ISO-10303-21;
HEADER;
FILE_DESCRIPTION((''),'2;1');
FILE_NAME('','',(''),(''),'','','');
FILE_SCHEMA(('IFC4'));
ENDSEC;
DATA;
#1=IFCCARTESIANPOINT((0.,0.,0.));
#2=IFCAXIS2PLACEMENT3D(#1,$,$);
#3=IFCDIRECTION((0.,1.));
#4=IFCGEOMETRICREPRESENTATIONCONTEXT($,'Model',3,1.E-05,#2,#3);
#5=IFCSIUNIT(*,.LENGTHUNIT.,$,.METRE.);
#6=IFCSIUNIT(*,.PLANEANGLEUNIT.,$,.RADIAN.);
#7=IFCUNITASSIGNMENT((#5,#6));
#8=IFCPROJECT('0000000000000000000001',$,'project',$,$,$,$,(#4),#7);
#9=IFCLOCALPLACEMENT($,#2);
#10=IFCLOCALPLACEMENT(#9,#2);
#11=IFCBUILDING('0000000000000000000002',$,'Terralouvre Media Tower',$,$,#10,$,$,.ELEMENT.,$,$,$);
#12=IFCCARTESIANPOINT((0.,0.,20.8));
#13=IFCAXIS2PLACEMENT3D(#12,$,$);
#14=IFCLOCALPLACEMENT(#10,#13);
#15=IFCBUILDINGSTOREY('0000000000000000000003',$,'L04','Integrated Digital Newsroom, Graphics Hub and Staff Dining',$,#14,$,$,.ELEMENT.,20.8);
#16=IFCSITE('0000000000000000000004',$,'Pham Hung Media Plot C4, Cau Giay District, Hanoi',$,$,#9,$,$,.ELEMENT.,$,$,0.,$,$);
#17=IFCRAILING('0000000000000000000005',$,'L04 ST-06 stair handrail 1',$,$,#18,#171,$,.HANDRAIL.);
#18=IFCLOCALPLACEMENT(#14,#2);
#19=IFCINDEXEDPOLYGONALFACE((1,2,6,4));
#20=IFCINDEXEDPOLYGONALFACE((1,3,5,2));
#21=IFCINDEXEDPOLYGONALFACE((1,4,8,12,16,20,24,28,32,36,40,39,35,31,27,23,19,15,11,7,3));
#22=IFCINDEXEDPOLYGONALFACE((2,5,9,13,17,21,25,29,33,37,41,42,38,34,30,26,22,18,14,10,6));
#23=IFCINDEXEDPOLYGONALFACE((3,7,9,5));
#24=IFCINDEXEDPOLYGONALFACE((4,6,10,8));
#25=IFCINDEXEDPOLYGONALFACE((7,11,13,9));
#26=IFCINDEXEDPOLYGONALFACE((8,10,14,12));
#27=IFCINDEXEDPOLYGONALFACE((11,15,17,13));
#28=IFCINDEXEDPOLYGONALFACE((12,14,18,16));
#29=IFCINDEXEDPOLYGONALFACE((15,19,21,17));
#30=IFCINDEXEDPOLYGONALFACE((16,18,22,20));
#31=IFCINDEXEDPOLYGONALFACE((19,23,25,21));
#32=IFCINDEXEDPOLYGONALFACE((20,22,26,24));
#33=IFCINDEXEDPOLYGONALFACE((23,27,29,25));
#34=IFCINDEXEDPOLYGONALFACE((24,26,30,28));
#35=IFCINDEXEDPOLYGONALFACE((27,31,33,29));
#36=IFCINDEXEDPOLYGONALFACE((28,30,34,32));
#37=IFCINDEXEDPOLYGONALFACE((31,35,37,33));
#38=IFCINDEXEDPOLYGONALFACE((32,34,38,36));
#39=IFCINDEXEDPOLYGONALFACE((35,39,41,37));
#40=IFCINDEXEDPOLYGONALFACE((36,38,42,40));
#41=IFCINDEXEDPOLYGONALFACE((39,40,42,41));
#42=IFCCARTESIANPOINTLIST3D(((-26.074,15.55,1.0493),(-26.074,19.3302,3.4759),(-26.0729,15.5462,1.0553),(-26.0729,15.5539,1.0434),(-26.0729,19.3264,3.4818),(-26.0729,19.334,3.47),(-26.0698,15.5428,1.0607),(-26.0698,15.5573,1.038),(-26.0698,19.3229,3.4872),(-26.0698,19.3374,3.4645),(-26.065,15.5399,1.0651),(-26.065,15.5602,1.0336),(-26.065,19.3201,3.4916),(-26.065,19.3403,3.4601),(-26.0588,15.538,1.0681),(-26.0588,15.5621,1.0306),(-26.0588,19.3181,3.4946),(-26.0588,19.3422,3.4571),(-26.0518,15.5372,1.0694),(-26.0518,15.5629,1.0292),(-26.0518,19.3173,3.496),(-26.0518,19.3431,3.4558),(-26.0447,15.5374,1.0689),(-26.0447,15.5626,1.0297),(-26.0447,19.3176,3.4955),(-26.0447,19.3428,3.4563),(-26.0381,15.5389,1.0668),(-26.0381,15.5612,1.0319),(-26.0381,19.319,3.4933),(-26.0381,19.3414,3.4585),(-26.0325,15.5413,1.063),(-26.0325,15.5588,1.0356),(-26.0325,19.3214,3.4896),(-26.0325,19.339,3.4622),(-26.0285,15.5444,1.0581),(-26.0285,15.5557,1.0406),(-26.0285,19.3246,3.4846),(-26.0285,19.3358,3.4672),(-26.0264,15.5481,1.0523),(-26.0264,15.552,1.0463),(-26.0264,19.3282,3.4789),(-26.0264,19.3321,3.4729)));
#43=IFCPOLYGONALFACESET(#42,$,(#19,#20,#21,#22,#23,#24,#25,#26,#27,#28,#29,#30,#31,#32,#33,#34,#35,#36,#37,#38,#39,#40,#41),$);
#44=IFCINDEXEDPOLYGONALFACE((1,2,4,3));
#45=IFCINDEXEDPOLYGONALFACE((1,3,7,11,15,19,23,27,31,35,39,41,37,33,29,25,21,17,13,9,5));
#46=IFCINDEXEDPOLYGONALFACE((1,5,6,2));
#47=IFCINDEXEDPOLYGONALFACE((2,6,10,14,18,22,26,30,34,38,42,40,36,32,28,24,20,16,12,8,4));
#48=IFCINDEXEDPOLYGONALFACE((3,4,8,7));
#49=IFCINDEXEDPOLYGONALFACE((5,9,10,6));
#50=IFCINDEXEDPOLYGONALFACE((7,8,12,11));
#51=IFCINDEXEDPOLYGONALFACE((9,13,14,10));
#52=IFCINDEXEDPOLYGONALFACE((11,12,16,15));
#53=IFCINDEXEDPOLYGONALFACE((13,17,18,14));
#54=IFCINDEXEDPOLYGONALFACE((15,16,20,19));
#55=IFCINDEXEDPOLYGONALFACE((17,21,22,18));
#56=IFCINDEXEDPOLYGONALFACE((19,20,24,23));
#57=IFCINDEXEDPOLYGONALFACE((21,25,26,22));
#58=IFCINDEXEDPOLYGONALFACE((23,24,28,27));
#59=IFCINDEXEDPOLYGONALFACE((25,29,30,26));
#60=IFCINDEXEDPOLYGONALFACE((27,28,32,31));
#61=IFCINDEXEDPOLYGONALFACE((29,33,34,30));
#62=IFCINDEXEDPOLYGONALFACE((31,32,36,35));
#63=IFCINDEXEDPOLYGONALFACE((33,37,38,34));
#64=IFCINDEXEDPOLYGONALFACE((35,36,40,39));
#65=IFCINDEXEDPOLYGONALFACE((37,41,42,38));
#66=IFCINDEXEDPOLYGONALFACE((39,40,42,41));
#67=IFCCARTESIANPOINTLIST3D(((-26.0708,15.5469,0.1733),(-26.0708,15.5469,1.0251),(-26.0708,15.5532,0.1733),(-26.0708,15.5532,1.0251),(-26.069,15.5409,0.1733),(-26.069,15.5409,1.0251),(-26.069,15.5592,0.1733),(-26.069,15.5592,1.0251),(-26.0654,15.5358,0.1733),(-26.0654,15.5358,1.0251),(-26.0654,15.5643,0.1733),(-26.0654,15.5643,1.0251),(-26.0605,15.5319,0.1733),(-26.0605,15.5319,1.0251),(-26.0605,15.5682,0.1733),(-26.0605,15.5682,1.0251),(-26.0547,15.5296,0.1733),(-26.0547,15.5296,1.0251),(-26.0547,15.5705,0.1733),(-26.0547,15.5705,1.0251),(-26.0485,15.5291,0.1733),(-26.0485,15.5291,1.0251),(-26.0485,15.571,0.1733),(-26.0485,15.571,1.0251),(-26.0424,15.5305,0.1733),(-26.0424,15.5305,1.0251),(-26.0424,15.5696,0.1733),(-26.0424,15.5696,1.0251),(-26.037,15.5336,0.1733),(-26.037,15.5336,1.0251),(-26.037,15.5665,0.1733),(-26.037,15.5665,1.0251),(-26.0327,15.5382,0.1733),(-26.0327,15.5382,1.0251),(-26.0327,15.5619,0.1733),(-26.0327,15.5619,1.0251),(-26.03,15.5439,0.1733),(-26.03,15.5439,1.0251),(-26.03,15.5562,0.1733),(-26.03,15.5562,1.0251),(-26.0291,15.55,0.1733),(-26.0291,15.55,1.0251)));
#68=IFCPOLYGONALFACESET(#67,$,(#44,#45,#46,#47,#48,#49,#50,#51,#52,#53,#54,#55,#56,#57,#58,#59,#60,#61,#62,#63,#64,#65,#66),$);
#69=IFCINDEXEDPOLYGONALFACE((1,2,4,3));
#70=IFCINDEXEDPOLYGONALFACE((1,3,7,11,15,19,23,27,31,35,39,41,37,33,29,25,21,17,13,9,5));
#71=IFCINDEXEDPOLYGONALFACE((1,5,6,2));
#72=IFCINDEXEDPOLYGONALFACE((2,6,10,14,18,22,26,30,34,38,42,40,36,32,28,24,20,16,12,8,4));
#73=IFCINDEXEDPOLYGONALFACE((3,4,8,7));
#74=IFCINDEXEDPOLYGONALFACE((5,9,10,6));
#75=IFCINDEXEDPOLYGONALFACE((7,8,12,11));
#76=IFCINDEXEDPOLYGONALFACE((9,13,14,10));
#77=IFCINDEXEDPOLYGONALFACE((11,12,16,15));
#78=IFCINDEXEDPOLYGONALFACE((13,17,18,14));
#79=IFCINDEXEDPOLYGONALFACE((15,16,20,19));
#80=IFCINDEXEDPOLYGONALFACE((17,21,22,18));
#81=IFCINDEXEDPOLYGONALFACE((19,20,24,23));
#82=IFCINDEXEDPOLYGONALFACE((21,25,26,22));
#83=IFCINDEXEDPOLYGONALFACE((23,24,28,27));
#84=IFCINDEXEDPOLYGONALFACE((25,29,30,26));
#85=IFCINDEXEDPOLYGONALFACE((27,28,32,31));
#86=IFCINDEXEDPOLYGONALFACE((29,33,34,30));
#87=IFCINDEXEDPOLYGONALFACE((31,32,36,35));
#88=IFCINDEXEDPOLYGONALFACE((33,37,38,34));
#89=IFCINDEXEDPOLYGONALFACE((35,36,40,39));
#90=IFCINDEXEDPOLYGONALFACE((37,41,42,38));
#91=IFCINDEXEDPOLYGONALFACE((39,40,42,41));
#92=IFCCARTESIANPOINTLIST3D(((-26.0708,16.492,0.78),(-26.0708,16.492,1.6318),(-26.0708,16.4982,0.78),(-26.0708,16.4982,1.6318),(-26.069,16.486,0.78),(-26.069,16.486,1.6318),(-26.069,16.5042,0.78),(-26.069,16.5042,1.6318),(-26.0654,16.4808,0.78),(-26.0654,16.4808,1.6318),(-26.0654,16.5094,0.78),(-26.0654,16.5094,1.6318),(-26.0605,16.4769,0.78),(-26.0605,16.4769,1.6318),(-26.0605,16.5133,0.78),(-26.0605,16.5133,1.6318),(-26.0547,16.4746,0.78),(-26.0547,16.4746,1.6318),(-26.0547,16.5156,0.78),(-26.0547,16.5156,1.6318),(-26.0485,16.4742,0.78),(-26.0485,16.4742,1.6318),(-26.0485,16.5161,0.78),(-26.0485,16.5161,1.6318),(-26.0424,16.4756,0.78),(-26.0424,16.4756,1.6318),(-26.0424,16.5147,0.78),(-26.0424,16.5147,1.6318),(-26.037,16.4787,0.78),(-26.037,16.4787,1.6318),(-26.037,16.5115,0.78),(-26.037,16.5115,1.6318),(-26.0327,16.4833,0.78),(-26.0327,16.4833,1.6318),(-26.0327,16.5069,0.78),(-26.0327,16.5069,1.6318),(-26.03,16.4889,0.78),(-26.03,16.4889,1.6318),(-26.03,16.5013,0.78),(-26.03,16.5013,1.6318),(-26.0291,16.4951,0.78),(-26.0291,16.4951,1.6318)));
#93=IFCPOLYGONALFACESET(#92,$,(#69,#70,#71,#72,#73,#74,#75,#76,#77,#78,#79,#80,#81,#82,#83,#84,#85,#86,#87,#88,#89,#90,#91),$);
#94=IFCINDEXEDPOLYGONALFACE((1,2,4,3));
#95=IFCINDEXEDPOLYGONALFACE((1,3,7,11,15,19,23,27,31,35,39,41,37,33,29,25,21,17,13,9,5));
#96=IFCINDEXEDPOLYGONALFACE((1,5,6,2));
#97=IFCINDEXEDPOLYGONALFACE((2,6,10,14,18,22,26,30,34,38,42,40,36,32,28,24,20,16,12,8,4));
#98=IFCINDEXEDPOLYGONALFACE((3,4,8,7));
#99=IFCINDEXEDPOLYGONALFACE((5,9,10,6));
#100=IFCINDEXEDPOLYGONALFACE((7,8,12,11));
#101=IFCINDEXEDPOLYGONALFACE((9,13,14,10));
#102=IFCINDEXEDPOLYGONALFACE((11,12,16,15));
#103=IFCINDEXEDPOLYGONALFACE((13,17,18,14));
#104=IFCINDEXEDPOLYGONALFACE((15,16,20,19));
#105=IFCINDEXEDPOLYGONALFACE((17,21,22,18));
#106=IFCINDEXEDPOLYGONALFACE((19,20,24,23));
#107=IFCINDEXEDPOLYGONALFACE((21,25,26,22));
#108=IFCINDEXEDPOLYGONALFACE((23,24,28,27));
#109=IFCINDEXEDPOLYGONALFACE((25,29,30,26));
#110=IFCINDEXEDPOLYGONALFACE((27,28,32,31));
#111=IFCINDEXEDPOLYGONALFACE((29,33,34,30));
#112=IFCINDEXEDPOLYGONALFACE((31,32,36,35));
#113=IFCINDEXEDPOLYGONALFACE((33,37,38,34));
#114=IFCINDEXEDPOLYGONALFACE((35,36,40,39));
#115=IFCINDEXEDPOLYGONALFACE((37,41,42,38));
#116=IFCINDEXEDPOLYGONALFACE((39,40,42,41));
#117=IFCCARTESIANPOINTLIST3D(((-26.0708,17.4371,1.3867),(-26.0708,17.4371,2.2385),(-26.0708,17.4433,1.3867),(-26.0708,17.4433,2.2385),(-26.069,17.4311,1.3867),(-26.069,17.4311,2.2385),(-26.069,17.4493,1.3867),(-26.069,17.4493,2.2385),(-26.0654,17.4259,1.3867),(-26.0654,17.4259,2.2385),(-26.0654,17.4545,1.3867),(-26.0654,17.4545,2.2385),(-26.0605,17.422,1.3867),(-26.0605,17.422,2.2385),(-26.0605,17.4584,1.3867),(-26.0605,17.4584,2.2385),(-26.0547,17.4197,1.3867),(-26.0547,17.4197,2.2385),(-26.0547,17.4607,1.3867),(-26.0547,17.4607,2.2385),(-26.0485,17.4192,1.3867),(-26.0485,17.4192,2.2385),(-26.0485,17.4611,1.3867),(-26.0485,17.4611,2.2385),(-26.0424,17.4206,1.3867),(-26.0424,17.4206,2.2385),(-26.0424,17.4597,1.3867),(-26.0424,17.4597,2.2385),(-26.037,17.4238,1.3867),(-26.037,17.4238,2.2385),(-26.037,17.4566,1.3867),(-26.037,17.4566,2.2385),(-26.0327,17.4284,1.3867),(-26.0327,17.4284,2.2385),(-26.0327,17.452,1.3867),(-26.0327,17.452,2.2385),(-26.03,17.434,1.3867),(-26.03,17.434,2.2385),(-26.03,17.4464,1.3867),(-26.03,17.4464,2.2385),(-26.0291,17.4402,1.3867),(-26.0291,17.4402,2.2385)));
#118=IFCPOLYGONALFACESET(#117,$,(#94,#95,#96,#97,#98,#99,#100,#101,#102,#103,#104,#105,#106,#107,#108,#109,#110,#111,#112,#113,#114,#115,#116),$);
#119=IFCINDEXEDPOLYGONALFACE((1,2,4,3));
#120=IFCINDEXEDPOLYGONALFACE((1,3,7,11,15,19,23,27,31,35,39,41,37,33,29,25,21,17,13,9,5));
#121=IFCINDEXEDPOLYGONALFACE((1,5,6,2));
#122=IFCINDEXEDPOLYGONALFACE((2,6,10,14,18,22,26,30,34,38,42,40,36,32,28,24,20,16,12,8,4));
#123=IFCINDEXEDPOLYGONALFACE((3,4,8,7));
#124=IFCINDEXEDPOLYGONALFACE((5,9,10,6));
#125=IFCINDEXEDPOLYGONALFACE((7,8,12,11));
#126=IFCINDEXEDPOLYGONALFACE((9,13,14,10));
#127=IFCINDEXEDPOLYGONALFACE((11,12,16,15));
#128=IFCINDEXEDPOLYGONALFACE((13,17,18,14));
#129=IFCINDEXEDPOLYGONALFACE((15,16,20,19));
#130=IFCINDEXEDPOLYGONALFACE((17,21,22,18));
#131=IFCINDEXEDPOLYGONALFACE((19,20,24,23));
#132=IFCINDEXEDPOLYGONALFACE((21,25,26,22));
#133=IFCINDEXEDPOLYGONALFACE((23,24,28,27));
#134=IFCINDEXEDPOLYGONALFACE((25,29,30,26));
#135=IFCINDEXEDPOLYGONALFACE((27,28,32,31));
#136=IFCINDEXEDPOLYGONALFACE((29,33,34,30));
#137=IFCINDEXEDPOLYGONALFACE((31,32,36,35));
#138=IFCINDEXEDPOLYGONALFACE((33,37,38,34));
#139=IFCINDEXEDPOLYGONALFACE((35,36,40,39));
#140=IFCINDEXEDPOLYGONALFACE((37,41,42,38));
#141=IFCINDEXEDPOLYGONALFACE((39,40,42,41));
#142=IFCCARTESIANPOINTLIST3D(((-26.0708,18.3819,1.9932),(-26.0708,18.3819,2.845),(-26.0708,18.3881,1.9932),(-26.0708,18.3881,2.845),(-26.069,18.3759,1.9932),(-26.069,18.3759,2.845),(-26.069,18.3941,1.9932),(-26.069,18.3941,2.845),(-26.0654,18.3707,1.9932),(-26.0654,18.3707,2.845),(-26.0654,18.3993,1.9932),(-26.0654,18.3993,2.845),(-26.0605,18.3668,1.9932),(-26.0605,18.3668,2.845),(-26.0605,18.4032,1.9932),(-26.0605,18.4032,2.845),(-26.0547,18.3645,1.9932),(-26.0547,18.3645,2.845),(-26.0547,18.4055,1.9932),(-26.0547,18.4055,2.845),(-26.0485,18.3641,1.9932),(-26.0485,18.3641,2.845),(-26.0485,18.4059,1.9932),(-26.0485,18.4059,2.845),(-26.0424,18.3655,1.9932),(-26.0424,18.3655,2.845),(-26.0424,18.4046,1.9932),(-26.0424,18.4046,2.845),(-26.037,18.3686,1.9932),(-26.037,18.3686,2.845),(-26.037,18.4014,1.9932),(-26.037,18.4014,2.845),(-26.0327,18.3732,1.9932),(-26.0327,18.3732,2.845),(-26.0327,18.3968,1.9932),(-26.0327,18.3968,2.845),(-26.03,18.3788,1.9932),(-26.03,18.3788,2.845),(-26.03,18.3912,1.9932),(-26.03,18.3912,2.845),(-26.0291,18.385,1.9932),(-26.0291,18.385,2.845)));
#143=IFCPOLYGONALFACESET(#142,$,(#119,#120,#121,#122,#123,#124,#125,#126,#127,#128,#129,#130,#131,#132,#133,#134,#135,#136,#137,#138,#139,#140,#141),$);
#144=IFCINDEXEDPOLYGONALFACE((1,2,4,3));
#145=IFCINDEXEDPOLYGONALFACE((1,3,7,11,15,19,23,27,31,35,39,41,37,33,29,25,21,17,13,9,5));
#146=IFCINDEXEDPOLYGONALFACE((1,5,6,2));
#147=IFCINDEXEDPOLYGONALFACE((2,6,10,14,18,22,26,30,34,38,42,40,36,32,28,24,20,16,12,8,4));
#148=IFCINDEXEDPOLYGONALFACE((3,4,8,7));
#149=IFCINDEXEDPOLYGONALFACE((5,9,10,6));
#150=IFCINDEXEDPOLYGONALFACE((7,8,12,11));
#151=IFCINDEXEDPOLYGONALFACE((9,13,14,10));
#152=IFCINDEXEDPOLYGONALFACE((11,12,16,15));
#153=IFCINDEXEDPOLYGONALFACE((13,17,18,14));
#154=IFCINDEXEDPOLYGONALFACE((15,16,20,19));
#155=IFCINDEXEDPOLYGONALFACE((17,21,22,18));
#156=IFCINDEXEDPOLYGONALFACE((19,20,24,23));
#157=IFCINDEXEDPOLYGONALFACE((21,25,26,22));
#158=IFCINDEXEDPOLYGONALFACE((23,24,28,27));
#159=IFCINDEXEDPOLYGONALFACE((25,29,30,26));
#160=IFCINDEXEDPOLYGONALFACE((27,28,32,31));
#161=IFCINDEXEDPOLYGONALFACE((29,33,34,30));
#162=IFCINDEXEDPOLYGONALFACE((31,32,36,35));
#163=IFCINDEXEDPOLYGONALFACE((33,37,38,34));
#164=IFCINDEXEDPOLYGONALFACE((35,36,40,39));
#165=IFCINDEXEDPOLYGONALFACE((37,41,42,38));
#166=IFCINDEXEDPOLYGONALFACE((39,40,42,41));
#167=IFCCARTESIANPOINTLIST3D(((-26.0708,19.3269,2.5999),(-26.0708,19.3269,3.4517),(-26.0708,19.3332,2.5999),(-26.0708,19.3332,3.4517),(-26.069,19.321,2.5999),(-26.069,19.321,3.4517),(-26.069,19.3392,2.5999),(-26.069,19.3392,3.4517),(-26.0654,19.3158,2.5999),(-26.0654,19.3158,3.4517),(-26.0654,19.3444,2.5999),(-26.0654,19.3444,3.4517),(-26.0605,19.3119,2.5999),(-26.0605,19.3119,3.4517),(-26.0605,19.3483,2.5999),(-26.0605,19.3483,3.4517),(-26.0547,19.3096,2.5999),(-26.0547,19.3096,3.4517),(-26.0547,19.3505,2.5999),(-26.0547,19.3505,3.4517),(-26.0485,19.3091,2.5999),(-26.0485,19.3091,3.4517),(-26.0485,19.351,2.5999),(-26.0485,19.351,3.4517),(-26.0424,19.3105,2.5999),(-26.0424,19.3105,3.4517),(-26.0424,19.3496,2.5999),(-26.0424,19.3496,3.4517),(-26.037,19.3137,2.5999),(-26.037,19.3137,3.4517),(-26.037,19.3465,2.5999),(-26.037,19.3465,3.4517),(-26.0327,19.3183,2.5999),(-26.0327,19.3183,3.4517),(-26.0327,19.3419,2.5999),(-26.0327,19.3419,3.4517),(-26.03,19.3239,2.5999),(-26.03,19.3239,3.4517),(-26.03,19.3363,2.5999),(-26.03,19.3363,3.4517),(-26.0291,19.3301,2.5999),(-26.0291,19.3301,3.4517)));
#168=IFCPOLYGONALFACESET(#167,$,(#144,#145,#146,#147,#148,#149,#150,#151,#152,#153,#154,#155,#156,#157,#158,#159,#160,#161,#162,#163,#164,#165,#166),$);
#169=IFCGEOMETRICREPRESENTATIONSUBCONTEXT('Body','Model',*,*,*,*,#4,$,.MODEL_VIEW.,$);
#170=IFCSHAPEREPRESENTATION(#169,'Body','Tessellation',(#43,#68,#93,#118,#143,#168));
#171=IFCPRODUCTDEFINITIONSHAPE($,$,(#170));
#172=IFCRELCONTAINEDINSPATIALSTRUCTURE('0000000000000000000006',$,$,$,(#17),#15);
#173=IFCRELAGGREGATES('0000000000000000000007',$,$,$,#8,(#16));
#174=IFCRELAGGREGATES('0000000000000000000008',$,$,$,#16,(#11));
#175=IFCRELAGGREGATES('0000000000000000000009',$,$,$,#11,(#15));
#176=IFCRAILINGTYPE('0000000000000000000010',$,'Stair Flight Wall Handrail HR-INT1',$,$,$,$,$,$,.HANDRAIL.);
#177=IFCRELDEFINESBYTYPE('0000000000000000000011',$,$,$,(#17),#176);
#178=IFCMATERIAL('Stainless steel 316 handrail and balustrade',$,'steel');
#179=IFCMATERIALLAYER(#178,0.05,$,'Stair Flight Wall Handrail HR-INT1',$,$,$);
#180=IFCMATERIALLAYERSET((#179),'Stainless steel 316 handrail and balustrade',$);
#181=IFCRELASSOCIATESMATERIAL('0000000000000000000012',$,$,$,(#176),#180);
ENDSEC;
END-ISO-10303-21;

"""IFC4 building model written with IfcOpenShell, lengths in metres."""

from ifc_helpers import new_model, si_unit, direction, frame, origin, origin_2d, place, context, subcontext, project, spatial, circle, extrude, material, layer, layer_set, type_object, element, save


model = new_model("IFC4")

# Units and contexts
model_context = context("Model", 3, precision=1e-05, world=origin(), true_north=direction((0.0, 1.0)))
body_context = subcontext(model_context, "Body", "Model", "MODEL_VIEW")
ifc_project = project(units=[si_unit("LENGTHUNIT", "METRE"), si_unit("PLANEANGLEUNIT", "RADIAN")], contexts=[model_context])

# Site, building, storey
site_placement = place(None, origin())
site = spatial("IfcSite", under=ifc_project, at=site_placement, Name="Pham Hung Media Plot C4, Cau Giay District, Hanoi", CompositionType="ELEMENT", RefElevation=0.0)
building_placement = place(site_placement, origin())
building = spatial("IfcBuilding", under=site, at=building_placement, Name="Terralouvre Media Tower", CompositionType="ELEMENT")
storey_placement = place(building_placement, frame((0.0, 0.0, 20.8)))
storey = spatial("IfcBuildingStorey", under=building, at=storey_placement, Name="L04", Description="Integrated Digital Newsroom, Graphics Hub and Staff Dining", CompositionType="ELEMENT", Elevation=20.8)

# Railing
ifc_material_1 = material(Name="Stainless steel 316 handrail and balustrade", Category="steel")
ifc_layer_1 = layer(ifc_material_1, 0.05, Name="Stair Flight Wall Handrail HR-INT1")
ifc_layer_set_1 = layer_set([ifc_layer_1], Name="Stainless steel 316 handrail and balustrade")
railing_type_1 = type_object("IfcRailingType", Name="Stair Flight Wall Handrail HR-INT1", PredefinedType="HANDRAIL", material=ifc_layer_set_1)
railing_1_placement = place(storey_placement, frame((-26.05, 15.55, 0.1733)))
element("IfcRailing", 1, at=railing_1_placement, inside=storey, type_object=railing_type_1, Name="L04 ST-06 stair handrail 1", PredefinedType="HANDRAIL", context=body_context, shape_type="SweptSolid", body=[
    extrude(circle(Radius=0.0239, at=origin_2d()), frame((0.0, 0.0, 0.876), z_axis=(0.0, 0.841533, 0.540205), x_axis=(-1.0, 0.0, 0.0)), (0.0, 0.0, 1.0), 4.4919),
    extrude(circle(Radius=0.021, at=origin_2d()), origin(), (0.0, 0.0, 1.0), 0.8518),
    extrude(circle(Radius=0.021, at=origin_2d()), frame((0.0, 0.9451, 0.6067)), (0.0, 0.0, 1.0), 0.8518),
    extrude(circle(Radius=0.021, at=origin_2d()), frame((0.0, 1.8901, 1.2134)), (0.0, 0.0, 1.0), 0.8518),
    extrude(circle(Radius=0.021, at=origin_2d()), frame((0.0, 2.835, 1.8198)), (0.0, 0.0, 1.0), 0.8518),
    extrude(circle(Radius=0.021, at=origin_2d()), frame((0.0, 3.78, 2.4265)), (0.0, 0.0, 1.0), 0.8518),
])

save(model, "model.ifc")
